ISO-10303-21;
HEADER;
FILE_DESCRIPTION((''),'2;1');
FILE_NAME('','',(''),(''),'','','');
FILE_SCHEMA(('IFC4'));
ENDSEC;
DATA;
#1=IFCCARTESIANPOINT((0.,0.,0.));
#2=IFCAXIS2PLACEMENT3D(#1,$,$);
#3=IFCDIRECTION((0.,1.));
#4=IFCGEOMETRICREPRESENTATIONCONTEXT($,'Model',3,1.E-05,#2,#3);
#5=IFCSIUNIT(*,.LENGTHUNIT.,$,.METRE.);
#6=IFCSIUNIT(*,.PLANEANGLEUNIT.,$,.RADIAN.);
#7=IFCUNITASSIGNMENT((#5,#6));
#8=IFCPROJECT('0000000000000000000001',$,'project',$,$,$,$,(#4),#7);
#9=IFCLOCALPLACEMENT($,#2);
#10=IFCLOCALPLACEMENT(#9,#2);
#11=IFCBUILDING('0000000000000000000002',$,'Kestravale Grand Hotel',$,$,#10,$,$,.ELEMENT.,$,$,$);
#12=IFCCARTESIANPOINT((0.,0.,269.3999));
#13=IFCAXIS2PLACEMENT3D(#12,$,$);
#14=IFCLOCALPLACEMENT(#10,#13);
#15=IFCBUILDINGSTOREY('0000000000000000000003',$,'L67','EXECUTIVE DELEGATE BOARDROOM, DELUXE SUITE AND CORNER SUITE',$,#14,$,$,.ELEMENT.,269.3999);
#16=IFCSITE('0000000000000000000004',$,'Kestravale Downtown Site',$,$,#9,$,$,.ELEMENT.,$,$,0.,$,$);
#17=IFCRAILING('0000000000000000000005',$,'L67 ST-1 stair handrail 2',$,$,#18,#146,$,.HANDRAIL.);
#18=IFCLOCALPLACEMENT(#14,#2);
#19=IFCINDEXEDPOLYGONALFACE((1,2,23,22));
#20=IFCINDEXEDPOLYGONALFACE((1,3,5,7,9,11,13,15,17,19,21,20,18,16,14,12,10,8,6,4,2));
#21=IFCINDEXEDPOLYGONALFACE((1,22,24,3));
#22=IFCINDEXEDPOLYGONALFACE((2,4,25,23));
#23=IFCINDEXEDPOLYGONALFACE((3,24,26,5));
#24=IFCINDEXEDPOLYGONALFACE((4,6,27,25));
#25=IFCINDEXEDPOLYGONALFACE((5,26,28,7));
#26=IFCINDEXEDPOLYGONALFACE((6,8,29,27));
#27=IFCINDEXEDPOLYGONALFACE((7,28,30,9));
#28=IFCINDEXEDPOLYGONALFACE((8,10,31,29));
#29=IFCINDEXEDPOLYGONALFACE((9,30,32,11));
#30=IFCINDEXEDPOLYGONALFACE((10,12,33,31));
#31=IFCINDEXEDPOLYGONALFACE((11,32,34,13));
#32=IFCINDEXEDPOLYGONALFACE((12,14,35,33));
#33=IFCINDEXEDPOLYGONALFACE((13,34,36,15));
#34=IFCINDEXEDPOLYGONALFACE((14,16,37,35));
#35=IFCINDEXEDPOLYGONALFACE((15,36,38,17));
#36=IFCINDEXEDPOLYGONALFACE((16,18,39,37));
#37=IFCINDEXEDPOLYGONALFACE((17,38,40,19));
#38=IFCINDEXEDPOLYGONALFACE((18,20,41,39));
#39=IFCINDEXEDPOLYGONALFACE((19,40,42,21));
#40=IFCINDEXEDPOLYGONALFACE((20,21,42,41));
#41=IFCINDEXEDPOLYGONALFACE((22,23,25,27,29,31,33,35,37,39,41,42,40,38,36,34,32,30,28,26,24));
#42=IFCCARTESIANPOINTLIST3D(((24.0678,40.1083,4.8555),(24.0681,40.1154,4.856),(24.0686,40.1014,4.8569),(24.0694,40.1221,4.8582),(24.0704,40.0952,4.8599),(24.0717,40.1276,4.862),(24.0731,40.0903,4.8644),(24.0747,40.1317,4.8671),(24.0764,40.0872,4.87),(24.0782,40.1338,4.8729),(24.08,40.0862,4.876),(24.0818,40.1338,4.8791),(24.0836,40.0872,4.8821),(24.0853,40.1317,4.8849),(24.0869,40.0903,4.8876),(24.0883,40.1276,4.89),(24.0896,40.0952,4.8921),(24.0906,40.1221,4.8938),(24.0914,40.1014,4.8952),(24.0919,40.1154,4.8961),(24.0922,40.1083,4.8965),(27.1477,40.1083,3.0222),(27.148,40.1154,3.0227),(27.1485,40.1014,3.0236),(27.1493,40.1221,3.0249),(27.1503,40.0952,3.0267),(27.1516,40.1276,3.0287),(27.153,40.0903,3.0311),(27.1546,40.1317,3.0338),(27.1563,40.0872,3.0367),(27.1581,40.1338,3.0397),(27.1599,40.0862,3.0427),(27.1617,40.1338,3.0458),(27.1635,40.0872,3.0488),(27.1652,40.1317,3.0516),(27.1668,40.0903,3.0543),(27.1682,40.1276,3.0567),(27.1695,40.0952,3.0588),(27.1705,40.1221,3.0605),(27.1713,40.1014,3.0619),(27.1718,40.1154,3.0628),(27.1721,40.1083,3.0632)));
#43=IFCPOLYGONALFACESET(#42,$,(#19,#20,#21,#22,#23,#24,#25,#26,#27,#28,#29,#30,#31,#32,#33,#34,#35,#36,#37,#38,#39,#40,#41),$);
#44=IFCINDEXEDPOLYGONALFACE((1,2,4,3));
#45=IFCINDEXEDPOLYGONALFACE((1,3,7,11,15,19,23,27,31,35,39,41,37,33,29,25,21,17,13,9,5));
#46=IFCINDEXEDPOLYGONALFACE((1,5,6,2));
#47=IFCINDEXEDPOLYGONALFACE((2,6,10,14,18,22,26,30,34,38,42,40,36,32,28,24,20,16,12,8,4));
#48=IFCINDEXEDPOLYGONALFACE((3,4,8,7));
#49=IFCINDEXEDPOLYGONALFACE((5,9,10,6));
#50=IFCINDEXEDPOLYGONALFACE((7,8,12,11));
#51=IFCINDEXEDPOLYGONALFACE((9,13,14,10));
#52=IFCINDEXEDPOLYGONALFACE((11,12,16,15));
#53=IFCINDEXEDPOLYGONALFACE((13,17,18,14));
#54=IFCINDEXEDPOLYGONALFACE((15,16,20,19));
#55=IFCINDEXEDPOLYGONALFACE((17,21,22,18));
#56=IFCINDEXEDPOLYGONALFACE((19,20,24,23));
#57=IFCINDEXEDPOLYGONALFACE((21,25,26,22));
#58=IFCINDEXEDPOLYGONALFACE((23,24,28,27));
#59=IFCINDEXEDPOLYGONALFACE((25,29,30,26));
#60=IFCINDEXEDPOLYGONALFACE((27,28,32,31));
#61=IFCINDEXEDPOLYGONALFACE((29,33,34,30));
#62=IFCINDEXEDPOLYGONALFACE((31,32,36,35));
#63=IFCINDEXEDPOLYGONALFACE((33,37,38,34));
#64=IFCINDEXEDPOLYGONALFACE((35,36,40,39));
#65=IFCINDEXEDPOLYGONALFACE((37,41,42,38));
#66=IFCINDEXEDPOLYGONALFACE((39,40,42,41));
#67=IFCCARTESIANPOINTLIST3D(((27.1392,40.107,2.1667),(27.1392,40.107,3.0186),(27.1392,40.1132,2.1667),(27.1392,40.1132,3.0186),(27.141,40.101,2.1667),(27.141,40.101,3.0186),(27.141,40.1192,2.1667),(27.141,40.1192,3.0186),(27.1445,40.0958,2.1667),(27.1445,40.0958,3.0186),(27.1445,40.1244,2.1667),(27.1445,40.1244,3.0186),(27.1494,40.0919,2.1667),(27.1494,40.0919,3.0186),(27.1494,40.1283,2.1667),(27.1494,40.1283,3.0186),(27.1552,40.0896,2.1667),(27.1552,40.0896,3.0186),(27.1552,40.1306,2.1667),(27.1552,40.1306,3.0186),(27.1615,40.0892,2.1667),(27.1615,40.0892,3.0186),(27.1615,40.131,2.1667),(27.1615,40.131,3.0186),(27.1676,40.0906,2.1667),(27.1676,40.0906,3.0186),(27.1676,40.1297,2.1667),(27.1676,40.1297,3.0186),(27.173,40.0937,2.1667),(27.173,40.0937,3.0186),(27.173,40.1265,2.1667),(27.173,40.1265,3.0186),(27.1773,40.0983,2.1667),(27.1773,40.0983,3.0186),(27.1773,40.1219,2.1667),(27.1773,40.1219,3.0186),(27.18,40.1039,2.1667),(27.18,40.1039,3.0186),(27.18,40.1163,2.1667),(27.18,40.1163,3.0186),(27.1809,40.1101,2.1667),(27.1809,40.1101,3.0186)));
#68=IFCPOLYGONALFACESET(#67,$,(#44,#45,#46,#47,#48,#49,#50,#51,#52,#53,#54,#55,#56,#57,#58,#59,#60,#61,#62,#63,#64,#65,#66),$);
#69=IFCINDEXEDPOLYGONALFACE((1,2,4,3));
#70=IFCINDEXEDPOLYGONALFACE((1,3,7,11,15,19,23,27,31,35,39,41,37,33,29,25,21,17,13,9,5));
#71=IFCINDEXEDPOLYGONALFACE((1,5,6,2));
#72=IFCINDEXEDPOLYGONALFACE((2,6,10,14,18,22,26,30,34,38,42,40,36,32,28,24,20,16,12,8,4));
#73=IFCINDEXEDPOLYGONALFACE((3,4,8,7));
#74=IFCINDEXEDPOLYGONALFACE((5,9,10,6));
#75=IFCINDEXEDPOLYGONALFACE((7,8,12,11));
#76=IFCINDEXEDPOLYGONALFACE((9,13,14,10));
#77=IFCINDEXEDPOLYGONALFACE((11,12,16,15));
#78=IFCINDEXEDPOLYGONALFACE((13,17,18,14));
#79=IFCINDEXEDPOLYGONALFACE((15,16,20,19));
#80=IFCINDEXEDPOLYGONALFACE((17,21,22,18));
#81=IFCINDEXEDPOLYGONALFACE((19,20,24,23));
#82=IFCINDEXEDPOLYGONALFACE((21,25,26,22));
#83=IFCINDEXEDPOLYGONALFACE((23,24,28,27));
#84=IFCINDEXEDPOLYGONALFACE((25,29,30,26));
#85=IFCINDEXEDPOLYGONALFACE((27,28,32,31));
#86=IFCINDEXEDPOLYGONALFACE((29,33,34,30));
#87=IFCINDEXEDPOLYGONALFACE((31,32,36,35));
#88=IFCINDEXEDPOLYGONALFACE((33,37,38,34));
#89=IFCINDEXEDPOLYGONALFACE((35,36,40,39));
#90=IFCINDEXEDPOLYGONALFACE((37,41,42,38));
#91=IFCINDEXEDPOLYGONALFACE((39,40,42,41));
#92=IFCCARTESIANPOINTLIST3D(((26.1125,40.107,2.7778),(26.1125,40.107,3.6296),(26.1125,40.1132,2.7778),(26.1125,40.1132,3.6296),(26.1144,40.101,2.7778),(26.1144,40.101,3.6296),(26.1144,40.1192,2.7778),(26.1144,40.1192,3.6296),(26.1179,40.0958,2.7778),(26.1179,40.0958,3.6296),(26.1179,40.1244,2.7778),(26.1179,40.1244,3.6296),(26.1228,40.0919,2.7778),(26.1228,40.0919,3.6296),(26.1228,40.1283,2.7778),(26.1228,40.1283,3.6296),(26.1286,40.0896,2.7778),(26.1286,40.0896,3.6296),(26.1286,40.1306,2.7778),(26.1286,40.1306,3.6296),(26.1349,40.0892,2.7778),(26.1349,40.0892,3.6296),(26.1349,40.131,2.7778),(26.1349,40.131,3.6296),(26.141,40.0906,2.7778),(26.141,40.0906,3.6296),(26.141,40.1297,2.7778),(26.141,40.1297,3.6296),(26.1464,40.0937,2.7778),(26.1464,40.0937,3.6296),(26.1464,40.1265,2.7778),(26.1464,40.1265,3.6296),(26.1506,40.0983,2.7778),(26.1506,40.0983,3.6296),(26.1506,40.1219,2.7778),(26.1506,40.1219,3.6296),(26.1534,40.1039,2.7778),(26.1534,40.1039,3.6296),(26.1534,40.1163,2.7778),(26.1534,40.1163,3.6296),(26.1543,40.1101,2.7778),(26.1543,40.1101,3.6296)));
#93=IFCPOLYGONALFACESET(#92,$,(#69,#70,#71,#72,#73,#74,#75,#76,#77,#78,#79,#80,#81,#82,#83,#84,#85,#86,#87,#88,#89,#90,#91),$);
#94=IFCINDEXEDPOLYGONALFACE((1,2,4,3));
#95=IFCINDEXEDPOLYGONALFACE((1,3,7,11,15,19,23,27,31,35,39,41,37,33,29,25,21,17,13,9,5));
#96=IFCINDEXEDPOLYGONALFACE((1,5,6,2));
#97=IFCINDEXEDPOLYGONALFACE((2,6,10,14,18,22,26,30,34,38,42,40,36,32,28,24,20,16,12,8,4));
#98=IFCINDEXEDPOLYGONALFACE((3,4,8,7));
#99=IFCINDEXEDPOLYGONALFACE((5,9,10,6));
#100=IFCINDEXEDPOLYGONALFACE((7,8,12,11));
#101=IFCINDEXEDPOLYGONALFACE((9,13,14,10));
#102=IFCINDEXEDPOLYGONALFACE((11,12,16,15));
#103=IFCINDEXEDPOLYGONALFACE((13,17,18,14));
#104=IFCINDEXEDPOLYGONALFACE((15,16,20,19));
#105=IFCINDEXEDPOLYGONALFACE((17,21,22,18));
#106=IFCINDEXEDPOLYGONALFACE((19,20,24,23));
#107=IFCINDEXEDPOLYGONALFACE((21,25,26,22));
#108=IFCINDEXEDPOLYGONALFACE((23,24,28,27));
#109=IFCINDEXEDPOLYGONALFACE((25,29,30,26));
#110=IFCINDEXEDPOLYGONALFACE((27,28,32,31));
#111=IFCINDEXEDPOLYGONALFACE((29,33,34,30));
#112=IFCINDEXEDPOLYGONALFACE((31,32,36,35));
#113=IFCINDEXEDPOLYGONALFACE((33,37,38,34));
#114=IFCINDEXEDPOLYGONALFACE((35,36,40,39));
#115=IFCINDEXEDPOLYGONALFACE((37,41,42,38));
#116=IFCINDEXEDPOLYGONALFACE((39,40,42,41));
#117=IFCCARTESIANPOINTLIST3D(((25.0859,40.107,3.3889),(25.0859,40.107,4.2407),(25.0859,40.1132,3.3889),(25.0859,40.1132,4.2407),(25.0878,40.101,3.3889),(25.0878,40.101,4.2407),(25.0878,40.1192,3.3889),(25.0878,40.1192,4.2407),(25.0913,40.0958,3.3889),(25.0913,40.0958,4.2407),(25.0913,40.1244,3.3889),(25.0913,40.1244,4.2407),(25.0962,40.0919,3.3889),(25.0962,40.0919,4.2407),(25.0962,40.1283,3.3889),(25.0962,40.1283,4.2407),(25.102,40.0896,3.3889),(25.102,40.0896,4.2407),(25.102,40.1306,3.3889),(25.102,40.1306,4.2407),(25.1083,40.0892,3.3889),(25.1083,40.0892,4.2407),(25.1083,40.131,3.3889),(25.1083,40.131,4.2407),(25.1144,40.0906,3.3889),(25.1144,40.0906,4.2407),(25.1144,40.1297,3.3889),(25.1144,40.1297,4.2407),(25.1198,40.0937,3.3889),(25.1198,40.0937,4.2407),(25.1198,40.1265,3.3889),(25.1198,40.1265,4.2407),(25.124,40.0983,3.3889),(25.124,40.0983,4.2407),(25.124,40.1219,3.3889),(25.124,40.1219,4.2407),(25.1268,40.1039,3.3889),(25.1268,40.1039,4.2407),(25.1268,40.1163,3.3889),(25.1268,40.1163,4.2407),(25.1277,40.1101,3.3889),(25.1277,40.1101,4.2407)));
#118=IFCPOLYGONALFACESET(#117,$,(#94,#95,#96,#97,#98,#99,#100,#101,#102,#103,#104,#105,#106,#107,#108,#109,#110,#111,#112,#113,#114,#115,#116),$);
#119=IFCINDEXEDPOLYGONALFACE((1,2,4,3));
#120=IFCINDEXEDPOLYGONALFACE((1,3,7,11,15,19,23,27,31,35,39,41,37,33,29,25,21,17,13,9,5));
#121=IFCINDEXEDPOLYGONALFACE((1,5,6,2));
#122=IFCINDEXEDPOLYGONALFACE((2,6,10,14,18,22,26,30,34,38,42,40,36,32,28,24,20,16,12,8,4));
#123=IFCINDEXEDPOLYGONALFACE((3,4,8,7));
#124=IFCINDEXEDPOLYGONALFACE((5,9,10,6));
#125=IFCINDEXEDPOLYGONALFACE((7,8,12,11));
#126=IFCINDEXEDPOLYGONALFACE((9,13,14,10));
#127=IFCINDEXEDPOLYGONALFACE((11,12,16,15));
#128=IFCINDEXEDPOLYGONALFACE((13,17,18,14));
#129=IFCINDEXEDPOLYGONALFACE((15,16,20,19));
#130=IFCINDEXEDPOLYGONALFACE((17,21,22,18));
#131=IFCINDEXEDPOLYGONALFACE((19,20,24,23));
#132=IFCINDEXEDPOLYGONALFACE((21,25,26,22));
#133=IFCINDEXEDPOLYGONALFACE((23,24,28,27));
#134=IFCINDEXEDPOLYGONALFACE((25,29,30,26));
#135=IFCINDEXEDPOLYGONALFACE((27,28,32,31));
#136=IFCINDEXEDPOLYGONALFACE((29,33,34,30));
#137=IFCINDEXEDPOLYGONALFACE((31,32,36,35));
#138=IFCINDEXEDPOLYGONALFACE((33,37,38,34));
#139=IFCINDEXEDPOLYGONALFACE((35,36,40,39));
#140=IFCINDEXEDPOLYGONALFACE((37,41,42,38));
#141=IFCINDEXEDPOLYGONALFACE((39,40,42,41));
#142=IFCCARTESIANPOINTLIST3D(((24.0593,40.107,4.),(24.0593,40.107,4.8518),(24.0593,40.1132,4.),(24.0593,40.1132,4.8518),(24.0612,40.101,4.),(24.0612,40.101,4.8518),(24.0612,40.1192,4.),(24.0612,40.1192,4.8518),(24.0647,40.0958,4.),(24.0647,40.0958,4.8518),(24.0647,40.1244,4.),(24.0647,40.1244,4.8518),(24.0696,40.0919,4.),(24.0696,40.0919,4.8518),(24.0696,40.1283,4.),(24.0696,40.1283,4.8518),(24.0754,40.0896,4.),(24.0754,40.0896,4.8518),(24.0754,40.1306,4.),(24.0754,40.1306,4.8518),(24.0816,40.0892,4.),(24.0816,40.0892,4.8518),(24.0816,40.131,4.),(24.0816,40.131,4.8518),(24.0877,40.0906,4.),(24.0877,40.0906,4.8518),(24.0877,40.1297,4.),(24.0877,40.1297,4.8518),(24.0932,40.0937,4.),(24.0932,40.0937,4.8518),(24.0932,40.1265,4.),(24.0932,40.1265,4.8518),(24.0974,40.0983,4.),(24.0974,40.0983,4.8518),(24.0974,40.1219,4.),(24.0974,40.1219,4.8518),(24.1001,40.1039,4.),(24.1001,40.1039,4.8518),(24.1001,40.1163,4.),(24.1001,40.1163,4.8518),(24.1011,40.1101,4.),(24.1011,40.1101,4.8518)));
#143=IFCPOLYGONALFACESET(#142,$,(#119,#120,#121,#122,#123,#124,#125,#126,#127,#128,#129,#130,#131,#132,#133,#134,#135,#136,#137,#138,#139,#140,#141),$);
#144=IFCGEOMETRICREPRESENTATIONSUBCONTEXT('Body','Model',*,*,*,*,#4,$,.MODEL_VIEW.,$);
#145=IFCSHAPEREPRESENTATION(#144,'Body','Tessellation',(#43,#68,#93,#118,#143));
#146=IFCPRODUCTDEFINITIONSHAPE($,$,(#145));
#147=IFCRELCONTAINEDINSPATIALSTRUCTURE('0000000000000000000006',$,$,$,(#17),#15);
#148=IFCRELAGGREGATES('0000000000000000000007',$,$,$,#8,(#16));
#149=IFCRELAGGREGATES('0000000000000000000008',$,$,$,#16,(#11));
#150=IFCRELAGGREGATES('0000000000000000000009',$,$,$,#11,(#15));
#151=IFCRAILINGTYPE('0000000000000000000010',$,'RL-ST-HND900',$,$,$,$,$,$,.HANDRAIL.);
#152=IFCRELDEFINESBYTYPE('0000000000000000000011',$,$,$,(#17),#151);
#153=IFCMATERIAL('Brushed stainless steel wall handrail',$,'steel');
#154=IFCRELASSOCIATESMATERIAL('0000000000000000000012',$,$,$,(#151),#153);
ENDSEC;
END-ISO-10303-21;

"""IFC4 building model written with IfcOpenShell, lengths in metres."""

from ifc_helpers import new_model, si_unit, direction, frame, origin, origin_2d, place, context, subcontext, project, spatial, circle, extrude, material, type_object, element, save


model = new_model("IFC4")

# Units and contexts
model_context = context("Model", 3, precision=1e-05, world=origin(), true_north=direction((0.0, 1.0)))
body_context = subcontext(model_context, "Body", "Model", "MODEL_VIEW")
ifc_project = project(units=[si_unit("LENGTHUNIT", "METRE"), si_unit("PLANEANGLEUNIT", "RADIAN")], contexts=[model_context])

# Site, building, storey
site_placement = place(None, origin())
site = spatial("IfcSite", under=ifc_project, at=site_placement, Name="Kestravale Downtown Site", CompositionType="ELEMENT", RefElevation=0.0)
building_placement = place(site_placement, origin())
building = spatial("IfcBuilding", under=site, at=building_placement, Name="Kestravale Grand Hotel", CompositionType="ELEMENT")
storey_placement = place(building_placement, frame((0.0, 0.0, 269.3999)))
storey = spatial("IfcBuildingStorey", under=building, at=storey_placement, Name="L67", Description="EXECUTIVE DELEGATE BOARDROOM, DELUXE SUITE AND CORNER SUITE", CompositionType="ELEMENT", Elevation=269.3999)

# Railing
ifc_material_1 = material(Name="Brushed stainless steel wall handrail", Category="steel")
railing_type_1 = type_object("IfcRailingType", Name="RL-ST-HND900", PredefinedType="HANDRAIL", material=ifc_material_1)
railing_1_placement = place(storey_placement, frame((27.1599, 40.1101, 2.1667)))
element("IfcRailing", 1, at=railing_1_placement, inside=storey, type_object=railing_type_1, Name="L67 ST-1 stair handrail 2", PredefinedType="HANDRAIL", context=body_context, shape_type="SweptSolid", body=[
    extrude(circle(Radius=0.0239, at=origin_2d()), frame((0.0, 0.0, 0.876), z_axis=(-0.859291, 0.0, 0.511487), x_axis=(0.0, -1.0, 0.0)), (0.0, 0.0, 1.0), 3.5842),
    extrude(circle(Radius=0.021, at=origin_2d()), origin(), (0.0, 0.0, 1.0), 0.8518),
    extrude(circle(Radius=0.021, at=origin_2d()), frame((-1.0266, 0.0, 0.6111)), (0.0, 0.0, 1.0), 0.8518),
    extrude(circle(Radius=0.021, at=origin_2d()), frame((-2.0532, 0.0, 1.2222)), (0.0, 0.0, 1.0), 0.8518),
    extrude(circle(Radius=0.021, at=origin_2d()), frame((-3.0798, 0.0, 1.8333)), (0.0, 0.0, 1.0), 0.8518),
])

save(model, "model.ifc")
